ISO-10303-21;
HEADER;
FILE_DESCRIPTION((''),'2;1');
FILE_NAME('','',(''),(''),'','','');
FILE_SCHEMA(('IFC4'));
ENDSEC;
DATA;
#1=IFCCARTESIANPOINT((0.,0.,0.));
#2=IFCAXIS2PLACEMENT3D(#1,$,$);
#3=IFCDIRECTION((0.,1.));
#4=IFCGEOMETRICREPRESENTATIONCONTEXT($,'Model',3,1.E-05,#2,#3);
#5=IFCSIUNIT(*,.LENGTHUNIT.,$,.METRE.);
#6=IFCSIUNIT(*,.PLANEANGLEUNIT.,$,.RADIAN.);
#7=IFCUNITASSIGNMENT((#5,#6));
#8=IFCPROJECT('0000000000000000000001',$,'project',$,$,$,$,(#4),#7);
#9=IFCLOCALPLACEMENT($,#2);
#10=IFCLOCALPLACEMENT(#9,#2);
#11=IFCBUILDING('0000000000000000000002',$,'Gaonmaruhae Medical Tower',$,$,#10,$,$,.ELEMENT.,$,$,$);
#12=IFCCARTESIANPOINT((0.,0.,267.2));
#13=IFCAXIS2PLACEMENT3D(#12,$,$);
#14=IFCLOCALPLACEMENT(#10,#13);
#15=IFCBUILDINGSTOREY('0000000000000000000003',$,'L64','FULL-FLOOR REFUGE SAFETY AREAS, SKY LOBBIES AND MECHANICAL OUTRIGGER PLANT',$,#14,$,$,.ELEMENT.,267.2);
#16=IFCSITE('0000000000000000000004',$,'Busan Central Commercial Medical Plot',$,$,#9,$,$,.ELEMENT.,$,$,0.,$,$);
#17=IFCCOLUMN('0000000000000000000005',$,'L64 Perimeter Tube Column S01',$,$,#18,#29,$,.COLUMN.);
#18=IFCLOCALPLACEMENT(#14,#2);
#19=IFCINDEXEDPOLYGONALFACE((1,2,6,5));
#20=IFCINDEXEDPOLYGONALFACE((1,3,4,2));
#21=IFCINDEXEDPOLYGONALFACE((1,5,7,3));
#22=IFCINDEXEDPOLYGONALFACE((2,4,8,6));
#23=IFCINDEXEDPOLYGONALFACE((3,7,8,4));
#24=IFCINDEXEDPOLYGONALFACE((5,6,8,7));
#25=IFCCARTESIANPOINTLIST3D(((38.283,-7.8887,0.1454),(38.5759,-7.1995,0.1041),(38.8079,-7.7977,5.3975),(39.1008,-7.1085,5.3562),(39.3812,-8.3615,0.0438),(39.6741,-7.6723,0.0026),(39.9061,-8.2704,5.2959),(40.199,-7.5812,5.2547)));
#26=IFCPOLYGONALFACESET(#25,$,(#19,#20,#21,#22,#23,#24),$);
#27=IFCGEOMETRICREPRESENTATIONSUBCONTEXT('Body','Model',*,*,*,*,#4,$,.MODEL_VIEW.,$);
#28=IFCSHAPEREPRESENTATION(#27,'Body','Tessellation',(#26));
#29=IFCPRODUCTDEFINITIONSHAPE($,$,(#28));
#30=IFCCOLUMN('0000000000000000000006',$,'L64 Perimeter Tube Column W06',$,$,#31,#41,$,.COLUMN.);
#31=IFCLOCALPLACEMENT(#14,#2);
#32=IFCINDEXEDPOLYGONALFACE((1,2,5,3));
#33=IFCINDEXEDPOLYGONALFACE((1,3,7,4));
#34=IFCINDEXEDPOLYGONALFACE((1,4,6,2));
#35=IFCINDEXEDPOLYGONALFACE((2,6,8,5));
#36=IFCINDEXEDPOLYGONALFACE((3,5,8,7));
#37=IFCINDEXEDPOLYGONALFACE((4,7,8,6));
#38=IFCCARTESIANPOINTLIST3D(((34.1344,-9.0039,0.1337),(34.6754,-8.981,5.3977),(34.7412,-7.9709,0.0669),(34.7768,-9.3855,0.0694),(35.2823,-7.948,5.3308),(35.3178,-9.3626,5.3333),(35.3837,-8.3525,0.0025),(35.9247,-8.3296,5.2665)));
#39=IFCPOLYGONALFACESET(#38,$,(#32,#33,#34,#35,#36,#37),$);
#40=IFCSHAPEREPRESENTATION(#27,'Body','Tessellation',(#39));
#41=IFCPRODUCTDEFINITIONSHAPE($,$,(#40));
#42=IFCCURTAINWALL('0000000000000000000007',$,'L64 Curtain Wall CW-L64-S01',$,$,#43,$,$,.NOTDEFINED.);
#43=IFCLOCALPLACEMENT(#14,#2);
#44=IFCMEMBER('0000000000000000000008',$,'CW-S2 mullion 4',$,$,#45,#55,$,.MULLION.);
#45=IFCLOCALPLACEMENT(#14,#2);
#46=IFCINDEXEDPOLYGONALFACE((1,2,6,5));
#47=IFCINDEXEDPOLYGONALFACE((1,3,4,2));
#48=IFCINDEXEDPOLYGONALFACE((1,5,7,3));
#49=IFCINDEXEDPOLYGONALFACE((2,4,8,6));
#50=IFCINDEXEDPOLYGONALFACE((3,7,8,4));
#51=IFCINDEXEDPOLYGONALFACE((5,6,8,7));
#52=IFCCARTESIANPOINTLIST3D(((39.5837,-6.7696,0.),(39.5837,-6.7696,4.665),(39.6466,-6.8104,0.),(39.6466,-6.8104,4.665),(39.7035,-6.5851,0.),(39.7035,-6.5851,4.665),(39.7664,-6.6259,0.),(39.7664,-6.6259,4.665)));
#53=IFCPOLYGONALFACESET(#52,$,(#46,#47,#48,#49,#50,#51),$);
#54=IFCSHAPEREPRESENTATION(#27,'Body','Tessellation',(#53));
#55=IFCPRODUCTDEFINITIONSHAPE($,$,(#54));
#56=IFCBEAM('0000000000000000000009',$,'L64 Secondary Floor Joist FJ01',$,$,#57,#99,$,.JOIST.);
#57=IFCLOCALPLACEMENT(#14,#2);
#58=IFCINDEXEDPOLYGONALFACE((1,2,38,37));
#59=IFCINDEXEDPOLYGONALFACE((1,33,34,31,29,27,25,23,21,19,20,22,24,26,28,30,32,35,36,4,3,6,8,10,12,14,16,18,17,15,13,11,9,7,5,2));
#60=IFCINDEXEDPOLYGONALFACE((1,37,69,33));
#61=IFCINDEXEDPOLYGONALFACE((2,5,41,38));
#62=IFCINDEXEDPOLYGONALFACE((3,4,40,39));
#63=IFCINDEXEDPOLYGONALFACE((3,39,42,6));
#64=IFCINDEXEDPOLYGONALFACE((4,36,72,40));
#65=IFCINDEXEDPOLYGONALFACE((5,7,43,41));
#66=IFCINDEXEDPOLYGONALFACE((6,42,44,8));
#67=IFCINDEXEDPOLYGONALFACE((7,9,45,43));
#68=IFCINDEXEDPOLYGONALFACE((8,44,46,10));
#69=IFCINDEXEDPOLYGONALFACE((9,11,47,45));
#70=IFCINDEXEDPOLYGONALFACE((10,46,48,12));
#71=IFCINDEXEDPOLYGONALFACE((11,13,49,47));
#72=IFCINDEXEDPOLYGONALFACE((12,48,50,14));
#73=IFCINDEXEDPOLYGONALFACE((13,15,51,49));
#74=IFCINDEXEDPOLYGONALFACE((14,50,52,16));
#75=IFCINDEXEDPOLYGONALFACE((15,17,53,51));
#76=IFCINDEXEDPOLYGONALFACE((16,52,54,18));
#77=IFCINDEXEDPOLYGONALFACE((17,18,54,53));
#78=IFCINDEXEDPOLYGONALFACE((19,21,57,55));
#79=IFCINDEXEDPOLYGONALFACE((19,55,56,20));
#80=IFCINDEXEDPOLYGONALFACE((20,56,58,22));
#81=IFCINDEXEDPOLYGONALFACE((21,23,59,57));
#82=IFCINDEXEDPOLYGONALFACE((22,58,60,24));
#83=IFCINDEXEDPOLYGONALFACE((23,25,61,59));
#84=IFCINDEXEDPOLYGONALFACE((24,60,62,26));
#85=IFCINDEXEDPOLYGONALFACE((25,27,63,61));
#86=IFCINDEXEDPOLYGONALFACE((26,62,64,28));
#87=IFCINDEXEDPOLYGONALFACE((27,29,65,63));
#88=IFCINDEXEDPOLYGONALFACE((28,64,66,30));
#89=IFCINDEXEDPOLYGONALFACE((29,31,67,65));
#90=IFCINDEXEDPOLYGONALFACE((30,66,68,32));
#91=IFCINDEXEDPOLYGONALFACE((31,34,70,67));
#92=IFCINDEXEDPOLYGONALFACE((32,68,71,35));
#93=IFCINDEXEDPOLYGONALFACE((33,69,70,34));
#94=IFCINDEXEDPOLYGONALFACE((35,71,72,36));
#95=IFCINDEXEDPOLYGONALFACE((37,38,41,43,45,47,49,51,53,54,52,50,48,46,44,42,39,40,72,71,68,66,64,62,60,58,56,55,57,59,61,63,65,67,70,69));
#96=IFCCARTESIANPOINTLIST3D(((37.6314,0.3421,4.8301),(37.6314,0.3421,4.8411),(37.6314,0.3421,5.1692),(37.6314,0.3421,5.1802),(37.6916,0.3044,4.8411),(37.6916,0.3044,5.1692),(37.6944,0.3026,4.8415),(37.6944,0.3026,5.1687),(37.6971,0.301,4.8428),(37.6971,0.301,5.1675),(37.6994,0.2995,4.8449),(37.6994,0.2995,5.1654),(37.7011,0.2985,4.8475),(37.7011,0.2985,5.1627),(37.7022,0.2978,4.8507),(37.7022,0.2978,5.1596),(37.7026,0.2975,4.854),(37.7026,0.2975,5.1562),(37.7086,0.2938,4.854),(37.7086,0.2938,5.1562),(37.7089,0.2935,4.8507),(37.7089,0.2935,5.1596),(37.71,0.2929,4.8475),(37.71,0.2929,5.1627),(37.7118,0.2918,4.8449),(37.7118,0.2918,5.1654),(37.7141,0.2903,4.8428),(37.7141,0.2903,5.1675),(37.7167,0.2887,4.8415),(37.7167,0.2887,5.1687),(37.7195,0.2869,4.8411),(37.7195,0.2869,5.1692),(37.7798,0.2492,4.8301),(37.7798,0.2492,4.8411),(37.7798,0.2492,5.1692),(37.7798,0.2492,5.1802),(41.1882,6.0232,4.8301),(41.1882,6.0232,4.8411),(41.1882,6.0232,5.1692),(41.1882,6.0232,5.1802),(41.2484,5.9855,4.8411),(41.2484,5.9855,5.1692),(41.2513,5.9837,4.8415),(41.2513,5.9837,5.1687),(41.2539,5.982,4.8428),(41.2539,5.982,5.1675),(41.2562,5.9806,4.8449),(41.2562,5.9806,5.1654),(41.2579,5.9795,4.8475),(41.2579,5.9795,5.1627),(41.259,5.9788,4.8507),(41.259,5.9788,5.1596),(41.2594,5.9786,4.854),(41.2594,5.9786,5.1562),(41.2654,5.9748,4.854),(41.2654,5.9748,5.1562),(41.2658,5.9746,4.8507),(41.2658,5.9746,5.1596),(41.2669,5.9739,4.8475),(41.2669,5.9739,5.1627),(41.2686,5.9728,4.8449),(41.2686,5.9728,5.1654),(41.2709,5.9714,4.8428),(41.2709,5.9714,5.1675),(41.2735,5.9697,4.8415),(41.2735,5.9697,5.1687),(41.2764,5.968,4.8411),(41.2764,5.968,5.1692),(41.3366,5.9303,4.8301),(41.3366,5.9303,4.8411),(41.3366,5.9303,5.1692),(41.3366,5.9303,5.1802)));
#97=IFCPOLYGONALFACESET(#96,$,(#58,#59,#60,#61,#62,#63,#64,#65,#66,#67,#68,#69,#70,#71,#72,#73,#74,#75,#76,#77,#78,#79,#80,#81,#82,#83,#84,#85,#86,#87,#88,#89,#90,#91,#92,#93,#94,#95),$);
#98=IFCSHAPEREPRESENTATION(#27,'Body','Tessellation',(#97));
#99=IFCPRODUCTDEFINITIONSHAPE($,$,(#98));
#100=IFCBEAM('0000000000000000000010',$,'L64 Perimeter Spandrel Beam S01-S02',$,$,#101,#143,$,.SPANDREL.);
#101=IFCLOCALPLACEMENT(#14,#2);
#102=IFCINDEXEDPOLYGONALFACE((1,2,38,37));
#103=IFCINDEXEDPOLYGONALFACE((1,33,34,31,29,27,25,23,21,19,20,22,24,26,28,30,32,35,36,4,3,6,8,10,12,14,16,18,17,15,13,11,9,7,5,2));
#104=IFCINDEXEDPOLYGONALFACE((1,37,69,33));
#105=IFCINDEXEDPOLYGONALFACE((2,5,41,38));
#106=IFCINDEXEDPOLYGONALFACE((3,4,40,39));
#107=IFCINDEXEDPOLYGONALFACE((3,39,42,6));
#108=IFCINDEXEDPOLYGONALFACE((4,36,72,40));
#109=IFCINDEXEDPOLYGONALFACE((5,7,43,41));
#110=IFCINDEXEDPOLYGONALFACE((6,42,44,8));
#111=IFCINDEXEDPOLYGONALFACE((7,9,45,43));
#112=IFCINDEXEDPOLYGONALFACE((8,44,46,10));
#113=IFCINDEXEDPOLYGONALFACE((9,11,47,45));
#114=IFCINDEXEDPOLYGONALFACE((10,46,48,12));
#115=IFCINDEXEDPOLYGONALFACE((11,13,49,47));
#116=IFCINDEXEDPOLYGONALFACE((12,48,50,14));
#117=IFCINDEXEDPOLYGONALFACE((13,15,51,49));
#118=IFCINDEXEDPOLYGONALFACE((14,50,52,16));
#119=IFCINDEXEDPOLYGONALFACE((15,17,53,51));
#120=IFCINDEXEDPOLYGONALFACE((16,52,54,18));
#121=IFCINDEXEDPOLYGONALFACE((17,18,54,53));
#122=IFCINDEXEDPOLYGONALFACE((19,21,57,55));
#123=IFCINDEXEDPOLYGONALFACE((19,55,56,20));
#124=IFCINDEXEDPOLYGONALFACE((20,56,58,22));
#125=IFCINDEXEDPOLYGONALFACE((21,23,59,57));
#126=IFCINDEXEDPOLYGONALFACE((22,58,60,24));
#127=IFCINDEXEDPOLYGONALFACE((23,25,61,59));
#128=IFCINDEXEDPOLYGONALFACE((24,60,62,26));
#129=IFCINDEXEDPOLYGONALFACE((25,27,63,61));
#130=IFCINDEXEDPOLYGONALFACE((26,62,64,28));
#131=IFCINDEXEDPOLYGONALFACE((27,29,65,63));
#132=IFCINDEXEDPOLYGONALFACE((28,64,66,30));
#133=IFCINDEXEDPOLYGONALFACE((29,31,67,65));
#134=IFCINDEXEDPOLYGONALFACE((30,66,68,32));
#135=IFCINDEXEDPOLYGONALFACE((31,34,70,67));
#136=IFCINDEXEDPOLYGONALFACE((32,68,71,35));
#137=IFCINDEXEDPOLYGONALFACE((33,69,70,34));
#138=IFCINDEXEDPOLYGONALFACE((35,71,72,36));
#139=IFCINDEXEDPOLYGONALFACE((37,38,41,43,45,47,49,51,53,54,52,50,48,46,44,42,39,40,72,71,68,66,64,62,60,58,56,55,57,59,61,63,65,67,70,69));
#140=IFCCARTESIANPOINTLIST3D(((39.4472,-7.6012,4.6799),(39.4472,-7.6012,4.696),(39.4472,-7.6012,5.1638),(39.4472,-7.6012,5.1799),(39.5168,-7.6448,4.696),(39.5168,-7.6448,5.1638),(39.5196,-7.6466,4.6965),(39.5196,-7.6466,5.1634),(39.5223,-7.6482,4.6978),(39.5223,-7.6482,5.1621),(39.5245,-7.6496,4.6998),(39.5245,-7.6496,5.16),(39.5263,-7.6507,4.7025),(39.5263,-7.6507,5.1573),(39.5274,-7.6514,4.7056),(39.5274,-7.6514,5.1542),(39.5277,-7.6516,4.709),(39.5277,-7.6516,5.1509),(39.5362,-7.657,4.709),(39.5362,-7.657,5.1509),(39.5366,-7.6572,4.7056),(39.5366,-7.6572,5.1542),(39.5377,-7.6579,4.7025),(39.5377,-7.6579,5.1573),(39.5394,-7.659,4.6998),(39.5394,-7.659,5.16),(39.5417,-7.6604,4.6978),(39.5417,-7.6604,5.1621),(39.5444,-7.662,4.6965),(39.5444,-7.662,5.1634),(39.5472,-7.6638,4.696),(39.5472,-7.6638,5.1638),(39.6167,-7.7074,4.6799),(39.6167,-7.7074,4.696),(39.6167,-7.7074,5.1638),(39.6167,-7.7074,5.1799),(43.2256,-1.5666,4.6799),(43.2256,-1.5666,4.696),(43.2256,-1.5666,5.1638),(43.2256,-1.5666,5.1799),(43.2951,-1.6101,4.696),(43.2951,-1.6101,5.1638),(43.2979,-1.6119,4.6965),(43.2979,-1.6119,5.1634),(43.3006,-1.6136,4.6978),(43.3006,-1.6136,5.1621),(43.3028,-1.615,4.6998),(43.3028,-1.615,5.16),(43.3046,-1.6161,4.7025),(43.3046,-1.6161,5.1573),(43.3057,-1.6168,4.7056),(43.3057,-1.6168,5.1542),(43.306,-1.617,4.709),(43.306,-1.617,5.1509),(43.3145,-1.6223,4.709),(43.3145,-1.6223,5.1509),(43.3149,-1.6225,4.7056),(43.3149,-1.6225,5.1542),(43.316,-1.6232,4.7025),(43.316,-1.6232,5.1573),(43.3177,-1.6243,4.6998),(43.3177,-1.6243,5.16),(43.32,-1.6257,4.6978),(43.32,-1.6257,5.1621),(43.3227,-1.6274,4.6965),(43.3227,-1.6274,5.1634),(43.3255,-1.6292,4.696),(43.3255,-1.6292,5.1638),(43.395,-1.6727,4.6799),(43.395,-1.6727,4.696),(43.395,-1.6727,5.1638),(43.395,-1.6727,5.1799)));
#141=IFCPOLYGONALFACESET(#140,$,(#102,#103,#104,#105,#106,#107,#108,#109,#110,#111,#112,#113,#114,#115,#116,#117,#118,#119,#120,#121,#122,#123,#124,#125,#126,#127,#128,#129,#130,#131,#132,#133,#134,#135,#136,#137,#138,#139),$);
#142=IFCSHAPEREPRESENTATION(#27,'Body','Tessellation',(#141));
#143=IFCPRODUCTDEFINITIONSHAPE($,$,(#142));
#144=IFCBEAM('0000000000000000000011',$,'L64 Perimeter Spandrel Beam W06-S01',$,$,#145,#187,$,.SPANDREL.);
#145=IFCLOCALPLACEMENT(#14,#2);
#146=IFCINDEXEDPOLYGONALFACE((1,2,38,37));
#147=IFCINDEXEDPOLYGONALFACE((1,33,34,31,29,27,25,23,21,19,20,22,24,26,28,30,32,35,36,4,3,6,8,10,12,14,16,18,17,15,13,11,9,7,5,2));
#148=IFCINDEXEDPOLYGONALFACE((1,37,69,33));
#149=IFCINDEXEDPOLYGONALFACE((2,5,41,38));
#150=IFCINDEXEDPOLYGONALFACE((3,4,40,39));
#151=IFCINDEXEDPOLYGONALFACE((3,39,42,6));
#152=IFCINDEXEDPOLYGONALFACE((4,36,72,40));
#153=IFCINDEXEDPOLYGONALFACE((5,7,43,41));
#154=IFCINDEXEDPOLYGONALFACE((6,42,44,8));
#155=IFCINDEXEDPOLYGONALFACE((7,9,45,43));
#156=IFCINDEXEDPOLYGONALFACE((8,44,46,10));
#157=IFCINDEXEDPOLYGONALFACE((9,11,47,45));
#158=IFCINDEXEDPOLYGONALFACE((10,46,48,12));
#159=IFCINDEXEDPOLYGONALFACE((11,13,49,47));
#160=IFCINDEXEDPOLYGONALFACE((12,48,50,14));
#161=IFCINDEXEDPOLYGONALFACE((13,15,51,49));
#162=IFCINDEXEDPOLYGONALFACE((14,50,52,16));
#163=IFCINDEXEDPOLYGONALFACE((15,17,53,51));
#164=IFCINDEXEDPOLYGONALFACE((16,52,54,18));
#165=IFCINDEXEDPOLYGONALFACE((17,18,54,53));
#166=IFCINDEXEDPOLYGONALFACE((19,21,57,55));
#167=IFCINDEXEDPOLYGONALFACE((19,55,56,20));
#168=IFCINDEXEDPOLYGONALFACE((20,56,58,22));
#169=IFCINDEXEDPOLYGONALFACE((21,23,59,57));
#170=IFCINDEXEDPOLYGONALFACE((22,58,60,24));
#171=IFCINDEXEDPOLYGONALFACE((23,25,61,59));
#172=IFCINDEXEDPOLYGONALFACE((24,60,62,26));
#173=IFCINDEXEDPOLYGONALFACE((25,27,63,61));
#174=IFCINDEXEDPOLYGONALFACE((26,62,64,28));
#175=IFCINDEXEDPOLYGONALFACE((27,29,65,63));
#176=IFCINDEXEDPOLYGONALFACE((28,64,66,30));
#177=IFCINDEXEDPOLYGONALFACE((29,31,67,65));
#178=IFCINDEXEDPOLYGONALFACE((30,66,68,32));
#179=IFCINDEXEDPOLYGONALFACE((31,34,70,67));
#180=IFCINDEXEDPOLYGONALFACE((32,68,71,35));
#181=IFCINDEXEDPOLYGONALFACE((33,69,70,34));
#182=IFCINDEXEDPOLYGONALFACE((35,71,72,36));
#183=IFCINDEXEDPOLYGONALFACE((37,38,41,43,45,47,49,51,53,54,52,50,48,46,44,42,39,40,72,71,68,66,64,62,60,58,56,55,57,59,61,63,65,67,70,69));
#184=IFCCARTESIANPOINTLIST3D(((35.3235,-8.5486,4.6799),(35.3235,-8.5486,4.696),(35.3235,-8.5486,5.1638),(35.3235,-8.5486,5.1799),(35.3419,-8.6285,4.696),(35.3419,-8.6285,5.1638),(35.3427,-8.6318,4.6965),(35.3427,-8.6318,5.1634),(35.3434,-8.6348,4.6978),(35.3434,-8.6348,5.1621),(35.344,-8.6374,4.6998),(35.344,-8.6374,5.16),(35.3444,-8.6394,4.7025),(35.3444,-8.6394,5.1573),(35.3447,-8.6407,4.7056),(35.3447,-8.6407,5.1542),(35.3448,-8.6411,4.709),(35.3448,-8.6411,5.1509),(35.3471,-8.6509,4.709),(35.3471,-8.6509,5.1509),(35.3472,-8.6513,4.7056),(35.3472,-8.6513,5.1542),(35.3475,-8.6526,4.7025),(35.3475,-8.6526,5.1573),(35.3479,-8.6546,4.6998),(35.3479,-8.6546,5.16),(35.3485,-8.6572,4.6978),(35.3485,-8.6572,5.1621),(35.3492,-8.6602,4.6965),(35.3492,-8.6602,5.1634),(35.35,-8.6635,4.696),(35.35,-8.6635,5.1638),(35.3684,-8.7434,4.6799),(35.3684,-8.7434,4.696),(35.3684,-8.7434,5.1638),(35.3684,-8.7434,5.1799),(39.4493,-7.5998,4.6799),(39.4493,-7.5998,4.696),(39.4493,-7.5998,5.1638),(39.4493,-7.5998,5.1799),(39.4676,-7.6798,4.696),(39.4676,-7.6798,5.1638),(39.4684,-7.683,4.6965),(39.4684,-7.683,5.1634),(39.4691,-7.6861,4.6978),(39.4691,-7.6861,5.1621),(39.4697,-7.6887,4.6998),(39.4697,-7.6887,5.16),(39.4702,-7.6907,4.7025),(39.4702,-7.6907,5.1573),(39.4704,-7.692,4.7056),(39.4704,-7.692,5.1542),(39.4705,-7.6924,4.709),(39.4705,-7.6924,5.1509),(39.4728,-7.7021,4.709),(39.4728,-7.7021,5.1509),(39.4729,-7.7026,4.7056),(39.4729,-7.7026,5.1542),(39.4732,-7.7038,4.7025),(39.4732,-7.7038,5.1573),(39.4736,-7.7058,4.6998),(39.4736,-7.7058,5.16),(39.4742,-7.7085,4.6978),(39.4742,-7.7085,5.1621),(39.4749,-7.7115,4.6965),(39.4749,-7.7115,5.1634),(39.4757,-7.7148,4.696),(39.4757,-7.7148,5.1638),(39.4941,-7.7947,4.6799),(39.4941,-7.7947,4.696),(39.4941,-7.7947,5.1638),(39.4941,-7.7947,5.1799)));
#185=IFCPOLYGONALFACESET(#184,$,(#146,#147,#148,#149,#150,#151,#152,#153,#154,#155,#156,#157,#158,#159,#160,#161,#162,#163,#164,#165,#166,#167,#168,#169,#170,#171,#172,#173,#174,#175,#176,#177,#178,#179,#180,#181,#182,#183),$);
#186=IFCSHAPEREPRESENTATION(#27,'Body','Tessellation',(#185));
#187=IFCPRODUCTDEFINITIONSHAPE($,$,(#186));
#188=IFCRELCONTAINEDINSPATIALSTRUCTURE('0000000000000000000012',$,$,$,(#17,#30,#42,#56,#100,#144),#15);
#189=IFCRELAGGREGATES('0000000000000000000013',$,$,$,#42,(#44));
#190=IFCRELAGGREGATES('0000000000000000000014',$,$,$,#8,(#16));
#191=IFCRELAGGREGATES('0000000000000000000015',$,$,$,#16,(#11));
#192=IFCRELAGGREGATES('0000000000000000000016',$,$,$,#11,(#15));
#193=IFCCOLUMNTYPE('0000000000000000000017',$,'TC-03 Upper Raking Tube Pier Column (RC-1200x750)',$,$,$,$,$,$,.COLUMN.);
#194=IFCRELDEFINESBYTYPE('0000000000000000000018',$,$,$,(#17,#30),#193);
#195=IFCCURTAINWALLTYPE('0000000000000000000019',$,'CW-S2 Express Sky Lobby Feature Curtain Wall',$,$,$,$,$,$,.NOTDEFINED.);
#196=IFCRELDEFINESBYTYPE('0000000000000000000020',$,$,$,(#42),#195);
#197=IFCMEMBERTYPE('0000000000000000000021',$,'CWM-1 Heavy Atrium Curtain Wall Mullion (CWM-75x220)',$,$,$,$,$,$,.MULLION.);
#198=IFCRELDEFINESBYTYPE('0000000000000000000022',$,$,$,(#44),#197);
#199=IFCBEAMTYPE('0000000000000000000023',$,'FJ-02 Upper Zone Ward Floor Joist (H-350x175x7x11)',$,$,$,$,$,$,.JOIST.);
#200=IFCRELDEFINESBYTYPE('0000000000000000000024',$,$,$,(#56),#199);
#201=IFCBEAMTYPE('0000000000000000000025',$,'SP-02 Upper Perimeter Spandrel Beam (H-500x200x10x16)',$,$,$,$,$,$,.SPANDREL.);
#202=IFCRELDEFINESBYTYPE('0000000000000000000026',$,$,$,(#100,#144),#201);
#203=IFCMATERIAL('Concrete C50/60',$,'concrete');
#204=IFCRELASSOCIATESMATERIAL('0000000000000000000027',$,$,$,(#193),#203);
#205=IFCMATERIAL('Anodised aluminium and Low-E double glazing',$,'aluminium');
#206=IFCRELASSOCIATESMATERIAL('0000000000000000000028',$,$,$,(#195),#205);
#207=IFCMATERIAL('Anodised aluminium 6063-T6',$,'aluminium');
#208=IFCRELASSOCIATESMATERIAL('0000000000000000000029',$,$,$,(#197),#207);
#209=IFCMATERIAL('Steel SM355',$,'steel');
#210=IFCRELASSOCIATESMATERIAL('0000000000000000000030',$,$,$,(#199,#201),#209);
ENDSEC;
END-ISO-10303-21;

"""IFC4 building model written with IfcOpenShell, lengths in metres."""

from ifc_helpers import new_model, si_unit, direction, frame, origin, origin_2d, place, context, subcontext, project, spatial, rectangle, i_section, extrude, material, material_profile, profile_set, type_object, element, aggregate, save


model = new_model("IFC4")

# Units and contexts
model_context = context("Model", 3, precision=1e-05, world=origin(), true_north=direction((0.0, 1.0)))
body_context = subcontext(model_context, "Body", "Model", "MODEL_VIEW")
ifc_project = project(units=[si_unit("LENGTHUNIT", "METRE"), si_unit("PLANEANGLEUNIT", "RADIAN")], contexts=[model_context])

# Site, building, storey
site_placement = place(None, origin())
site = spatial("IfcSite", under=ifc_project, at=site_placement, Name="Busan Central Commercial Medical Plot", CompositionType="ELEMENT", RefElevation=0.0)
building_placement = place(site_placement, origin())
building = spatial("IfcBuilding", under=site, at=building_placement, Name="Gaonmaruhae Medical Tower", CompositionType="ELEMENT")
storey_placement = place(building_placement, frame((0.0, 0.0, 267.2)))
storey = spatial("IfcBuildingStorey", under=building, at=storey_placement, Name="L64", Description="FULL-FLOOR REFUGE SAFETY AREAS, SKY LOBBIES AND MECHANICAL OUTRIGGER PLANT", CompositionType="ELEMENT", Elevation=267.2)

# Columns
ifc_material_1 = material(Name="Concrete C50/60", Category="concrete")
ifc_material_profile_1 = material_profile(ifc_material_1, rectangle(XDim=1.2, YDim=0.75, at=origin_2d()), Name="RC-1200x750")
ifc_profile_set_1 = profile_set([ifc_material_profile_1], Name="Concrete C50/60")
column_type = type_object("IfcColumnType", Name="TC-03 Upper Raking Tube Pier Column (RC-1200x750)", PredefinedType="COLUMN", material=ifc_profile_set_1)
column_1_placement = place(storey_placement, frame((38.9785, -7.7805, 0.074), z_axis=(0.099429, 0.01725, 0.994895), x_axis=(-0.915207, 0.393997, 0.084634)))
element("IfcColumn", 1, at=column_1_placement, inside=storey, type_object=column_type, Name="L64 Perimeter Tube Column S01", PredefinedType="COLUMN", context=body_context, shape_type="SweptSolid", body=[
    extrude(rectangle(XDim=1.2, YDim=0.75, at=origin_2d()), origin(), (0.0, 0.0, 1.0), 5.2791),
])
column_2_placement = place(storey_placement, frame((34.759, -8.6782, 0.0681), z_axis=(0.102239, 0.004337, 0.99475), x_axis=(-0.50575, -0.860878, 0.055733)))
element("IfcColumn", 2, at=column_2_placement, inside=storey, type_object=column_type, Name="L64 Perimeter Tube Column W06", PredefinedType="COLUMN", context=body_context, shape_type="SweptSolid", body=[
    extrude(rectangle(XDim=1.2, YDim=0.75, at=origin_2d()), origin(), (0.0, 0.0, 1.0), 5.2917),
])

# Curtain wall, member
ifc_material_2 = material(Name="Anodised aluminium and Low-E double glazing", Category="aluminium")
curtain_wall_type = type_object("IfcCurtainWallType", Name="CW-S2 Express Sky Lobby Feature Curtain Wall", PredefinedType="NOTDEFINED", material=ifc_material_2)
curtain_wall_placement = place(storey_placement, origin())
curtain_wall = element("IfcCurtainWall", 3, at=curtain_wall_placement, inside=storey, type_object=curtain_wall_type, Name="L64 Curtain Wall CW-L64-S01", PredefinedType="NOTDEFINED")
ifc_material_3 = material(Name="Anodised aluminium 6063-T6", Category="aluminium")
ifc_material_profile_2 = material_profile(ifc_material_3, rectangle(XDim=0.075, YDim=0.22, at=origin_2d()), Name="CWM-75x220")
ifc_profile_set_2 = profile_set([ifc_material_profile_2], Name="Anodised aluminium 6063-T6")
member_type = type_object("IfcMemberType", Name="CWM-1 Heavy Atrium Curtain Wall Mullion (CWM-75x220)", PredefinedType="MULLION", material=ifc_profile_set_2)
member_placement = place(storey_placement, frame((39.675, -6.6978, 0.0), z_axis=(0.0, 0.0, 1.0), x_axis=(0.838668, -0.544643, 0.0)))
member = element("IfcMember", 4, at=member_placement, type_object=member_type, Name="CW-S2 mullion 4", PredefinedType="MULLION", context=body_context, shape_type="SweptSolid", body=[
    extrude(rectangle(XDim=0.075, YDim=0.22, at=origin_2d()), origin(), (0.0, 0.0, 1.0), 4.665),
])

# Beams
ifc_material_4 = material(Name="Steel SM355", Category="steel")
ifc_material_profile_3 = material_profile(ifc_material_4, i_section(OverallWidth=0.175, OverallDepth=0.3501, WebThickness=0.0071, FlangeThickness=0.011, FilletRadius=0.0129, at=origin_2d()), Name="H-350x175x7x11")
ifc_profile_set_3 = profile_set([ifc_material_profile_3], Name="Steel SM355")
beam_type_1 = type_object("IfcBeamType", Name="FJ-02 Upper Zone Ward Floor Joist (H-350x175x7x11)", PredefinedType="JOIST", material=ifc_profile_set_3)
beam_1_placement = place(storey_placement, frame((37.7056, 0.2957, 5.0051), z_axis=(0.53066, 0.847585, 0.0), x_axis=(-0.847585, 0.53066, 0.0)))
element("IfcBeam", 5, at=beam_1_placement, inside=storey, type_object=beam_type_1, Name="L64 Secondary Floor Joist FJ01", PredefinedType="JOIST", context=body_context, shape_type="SweptSolid", body=[
    extrude(i_section(OverallWidth=0.175, OverallDepth=0.3501, WebThickness=0.0071, FlangeThickness=0.011, FilletRadius=0.0129, at=origin_2d()), origin(), (0.0, 0.0, 1.0), 6.7026),
])
ifc_material_profile_4 = material_profile(ifc_material_4, i_section(OverallWidth=0.2, OverallDepth=0.5, WebThickness=0.01, FlangeThickness=0.0161, FilletRadius=0.0129, at=origin_2d()), Name="H-500x200x10x16")
ifc_profile_set_4 = profile_set([ifc_material_profile_4], Name="Steel SM355")
beam_type_2 = type_object("IfcBeamType", Name="SP-02 Upper Perimeter Spandrel Beam (H-500x200x10x16)", PredefinedType="SPANDREL", material=ifc_profile_set_4)
beam_2_placement = place(storey_placement, frame((39.532, -7.6543, 4.9299), z_axis=(0.530671, 0.847578, 0.0), x_axis=(-0.847578, 0.530671, 0.0)))
element("IfcBeam", 6, at=beam_2_placement, inside=storey, type_object=beam_type_2, Name="L64 Perimeter Spandrel Beam S01-S02", PredefinedType="SPANDREL", context=body_context, shape_type="SweptSolid", body=[
    extrude(i_section(OverallWidth=0.2, OverallDepth=0.5, WebThickness=0.01, FlangeThickness=0.0161, FilletRadius=0.0129, at=origin_2d()), origin(), (0.0, 0.0, 1.0), 7.1199),
])
beam_3_placement = place(storey_placement, frame((35.3459, -8.646, 4.9299), z_axis=(0.974565, 0.224106, 0.0), x_axis=(-0.224106, 0.974565, 0.0)))
element("IfcBeam", 7, at=beam_3_placement, inside=storey, type_object=beam_type_2, Name="L64 Perimeter Spandrel Beam W06-S01", PredefinedType="SPANDREL", context=body_context, shape_type="SweptSolid", body=[
    extrude(i_section(OverallWidth=0.2, OverallDepth=0.5, WebThickness=0.01, FlangeThickness=0.0161, FilletRadius=0.0129, at=origin_2d()), origin(), (0.0, 0.0, 1.0), 4.2334),
])

aggregate(curtain_wall, [member])

save(model, "model.ifc")
